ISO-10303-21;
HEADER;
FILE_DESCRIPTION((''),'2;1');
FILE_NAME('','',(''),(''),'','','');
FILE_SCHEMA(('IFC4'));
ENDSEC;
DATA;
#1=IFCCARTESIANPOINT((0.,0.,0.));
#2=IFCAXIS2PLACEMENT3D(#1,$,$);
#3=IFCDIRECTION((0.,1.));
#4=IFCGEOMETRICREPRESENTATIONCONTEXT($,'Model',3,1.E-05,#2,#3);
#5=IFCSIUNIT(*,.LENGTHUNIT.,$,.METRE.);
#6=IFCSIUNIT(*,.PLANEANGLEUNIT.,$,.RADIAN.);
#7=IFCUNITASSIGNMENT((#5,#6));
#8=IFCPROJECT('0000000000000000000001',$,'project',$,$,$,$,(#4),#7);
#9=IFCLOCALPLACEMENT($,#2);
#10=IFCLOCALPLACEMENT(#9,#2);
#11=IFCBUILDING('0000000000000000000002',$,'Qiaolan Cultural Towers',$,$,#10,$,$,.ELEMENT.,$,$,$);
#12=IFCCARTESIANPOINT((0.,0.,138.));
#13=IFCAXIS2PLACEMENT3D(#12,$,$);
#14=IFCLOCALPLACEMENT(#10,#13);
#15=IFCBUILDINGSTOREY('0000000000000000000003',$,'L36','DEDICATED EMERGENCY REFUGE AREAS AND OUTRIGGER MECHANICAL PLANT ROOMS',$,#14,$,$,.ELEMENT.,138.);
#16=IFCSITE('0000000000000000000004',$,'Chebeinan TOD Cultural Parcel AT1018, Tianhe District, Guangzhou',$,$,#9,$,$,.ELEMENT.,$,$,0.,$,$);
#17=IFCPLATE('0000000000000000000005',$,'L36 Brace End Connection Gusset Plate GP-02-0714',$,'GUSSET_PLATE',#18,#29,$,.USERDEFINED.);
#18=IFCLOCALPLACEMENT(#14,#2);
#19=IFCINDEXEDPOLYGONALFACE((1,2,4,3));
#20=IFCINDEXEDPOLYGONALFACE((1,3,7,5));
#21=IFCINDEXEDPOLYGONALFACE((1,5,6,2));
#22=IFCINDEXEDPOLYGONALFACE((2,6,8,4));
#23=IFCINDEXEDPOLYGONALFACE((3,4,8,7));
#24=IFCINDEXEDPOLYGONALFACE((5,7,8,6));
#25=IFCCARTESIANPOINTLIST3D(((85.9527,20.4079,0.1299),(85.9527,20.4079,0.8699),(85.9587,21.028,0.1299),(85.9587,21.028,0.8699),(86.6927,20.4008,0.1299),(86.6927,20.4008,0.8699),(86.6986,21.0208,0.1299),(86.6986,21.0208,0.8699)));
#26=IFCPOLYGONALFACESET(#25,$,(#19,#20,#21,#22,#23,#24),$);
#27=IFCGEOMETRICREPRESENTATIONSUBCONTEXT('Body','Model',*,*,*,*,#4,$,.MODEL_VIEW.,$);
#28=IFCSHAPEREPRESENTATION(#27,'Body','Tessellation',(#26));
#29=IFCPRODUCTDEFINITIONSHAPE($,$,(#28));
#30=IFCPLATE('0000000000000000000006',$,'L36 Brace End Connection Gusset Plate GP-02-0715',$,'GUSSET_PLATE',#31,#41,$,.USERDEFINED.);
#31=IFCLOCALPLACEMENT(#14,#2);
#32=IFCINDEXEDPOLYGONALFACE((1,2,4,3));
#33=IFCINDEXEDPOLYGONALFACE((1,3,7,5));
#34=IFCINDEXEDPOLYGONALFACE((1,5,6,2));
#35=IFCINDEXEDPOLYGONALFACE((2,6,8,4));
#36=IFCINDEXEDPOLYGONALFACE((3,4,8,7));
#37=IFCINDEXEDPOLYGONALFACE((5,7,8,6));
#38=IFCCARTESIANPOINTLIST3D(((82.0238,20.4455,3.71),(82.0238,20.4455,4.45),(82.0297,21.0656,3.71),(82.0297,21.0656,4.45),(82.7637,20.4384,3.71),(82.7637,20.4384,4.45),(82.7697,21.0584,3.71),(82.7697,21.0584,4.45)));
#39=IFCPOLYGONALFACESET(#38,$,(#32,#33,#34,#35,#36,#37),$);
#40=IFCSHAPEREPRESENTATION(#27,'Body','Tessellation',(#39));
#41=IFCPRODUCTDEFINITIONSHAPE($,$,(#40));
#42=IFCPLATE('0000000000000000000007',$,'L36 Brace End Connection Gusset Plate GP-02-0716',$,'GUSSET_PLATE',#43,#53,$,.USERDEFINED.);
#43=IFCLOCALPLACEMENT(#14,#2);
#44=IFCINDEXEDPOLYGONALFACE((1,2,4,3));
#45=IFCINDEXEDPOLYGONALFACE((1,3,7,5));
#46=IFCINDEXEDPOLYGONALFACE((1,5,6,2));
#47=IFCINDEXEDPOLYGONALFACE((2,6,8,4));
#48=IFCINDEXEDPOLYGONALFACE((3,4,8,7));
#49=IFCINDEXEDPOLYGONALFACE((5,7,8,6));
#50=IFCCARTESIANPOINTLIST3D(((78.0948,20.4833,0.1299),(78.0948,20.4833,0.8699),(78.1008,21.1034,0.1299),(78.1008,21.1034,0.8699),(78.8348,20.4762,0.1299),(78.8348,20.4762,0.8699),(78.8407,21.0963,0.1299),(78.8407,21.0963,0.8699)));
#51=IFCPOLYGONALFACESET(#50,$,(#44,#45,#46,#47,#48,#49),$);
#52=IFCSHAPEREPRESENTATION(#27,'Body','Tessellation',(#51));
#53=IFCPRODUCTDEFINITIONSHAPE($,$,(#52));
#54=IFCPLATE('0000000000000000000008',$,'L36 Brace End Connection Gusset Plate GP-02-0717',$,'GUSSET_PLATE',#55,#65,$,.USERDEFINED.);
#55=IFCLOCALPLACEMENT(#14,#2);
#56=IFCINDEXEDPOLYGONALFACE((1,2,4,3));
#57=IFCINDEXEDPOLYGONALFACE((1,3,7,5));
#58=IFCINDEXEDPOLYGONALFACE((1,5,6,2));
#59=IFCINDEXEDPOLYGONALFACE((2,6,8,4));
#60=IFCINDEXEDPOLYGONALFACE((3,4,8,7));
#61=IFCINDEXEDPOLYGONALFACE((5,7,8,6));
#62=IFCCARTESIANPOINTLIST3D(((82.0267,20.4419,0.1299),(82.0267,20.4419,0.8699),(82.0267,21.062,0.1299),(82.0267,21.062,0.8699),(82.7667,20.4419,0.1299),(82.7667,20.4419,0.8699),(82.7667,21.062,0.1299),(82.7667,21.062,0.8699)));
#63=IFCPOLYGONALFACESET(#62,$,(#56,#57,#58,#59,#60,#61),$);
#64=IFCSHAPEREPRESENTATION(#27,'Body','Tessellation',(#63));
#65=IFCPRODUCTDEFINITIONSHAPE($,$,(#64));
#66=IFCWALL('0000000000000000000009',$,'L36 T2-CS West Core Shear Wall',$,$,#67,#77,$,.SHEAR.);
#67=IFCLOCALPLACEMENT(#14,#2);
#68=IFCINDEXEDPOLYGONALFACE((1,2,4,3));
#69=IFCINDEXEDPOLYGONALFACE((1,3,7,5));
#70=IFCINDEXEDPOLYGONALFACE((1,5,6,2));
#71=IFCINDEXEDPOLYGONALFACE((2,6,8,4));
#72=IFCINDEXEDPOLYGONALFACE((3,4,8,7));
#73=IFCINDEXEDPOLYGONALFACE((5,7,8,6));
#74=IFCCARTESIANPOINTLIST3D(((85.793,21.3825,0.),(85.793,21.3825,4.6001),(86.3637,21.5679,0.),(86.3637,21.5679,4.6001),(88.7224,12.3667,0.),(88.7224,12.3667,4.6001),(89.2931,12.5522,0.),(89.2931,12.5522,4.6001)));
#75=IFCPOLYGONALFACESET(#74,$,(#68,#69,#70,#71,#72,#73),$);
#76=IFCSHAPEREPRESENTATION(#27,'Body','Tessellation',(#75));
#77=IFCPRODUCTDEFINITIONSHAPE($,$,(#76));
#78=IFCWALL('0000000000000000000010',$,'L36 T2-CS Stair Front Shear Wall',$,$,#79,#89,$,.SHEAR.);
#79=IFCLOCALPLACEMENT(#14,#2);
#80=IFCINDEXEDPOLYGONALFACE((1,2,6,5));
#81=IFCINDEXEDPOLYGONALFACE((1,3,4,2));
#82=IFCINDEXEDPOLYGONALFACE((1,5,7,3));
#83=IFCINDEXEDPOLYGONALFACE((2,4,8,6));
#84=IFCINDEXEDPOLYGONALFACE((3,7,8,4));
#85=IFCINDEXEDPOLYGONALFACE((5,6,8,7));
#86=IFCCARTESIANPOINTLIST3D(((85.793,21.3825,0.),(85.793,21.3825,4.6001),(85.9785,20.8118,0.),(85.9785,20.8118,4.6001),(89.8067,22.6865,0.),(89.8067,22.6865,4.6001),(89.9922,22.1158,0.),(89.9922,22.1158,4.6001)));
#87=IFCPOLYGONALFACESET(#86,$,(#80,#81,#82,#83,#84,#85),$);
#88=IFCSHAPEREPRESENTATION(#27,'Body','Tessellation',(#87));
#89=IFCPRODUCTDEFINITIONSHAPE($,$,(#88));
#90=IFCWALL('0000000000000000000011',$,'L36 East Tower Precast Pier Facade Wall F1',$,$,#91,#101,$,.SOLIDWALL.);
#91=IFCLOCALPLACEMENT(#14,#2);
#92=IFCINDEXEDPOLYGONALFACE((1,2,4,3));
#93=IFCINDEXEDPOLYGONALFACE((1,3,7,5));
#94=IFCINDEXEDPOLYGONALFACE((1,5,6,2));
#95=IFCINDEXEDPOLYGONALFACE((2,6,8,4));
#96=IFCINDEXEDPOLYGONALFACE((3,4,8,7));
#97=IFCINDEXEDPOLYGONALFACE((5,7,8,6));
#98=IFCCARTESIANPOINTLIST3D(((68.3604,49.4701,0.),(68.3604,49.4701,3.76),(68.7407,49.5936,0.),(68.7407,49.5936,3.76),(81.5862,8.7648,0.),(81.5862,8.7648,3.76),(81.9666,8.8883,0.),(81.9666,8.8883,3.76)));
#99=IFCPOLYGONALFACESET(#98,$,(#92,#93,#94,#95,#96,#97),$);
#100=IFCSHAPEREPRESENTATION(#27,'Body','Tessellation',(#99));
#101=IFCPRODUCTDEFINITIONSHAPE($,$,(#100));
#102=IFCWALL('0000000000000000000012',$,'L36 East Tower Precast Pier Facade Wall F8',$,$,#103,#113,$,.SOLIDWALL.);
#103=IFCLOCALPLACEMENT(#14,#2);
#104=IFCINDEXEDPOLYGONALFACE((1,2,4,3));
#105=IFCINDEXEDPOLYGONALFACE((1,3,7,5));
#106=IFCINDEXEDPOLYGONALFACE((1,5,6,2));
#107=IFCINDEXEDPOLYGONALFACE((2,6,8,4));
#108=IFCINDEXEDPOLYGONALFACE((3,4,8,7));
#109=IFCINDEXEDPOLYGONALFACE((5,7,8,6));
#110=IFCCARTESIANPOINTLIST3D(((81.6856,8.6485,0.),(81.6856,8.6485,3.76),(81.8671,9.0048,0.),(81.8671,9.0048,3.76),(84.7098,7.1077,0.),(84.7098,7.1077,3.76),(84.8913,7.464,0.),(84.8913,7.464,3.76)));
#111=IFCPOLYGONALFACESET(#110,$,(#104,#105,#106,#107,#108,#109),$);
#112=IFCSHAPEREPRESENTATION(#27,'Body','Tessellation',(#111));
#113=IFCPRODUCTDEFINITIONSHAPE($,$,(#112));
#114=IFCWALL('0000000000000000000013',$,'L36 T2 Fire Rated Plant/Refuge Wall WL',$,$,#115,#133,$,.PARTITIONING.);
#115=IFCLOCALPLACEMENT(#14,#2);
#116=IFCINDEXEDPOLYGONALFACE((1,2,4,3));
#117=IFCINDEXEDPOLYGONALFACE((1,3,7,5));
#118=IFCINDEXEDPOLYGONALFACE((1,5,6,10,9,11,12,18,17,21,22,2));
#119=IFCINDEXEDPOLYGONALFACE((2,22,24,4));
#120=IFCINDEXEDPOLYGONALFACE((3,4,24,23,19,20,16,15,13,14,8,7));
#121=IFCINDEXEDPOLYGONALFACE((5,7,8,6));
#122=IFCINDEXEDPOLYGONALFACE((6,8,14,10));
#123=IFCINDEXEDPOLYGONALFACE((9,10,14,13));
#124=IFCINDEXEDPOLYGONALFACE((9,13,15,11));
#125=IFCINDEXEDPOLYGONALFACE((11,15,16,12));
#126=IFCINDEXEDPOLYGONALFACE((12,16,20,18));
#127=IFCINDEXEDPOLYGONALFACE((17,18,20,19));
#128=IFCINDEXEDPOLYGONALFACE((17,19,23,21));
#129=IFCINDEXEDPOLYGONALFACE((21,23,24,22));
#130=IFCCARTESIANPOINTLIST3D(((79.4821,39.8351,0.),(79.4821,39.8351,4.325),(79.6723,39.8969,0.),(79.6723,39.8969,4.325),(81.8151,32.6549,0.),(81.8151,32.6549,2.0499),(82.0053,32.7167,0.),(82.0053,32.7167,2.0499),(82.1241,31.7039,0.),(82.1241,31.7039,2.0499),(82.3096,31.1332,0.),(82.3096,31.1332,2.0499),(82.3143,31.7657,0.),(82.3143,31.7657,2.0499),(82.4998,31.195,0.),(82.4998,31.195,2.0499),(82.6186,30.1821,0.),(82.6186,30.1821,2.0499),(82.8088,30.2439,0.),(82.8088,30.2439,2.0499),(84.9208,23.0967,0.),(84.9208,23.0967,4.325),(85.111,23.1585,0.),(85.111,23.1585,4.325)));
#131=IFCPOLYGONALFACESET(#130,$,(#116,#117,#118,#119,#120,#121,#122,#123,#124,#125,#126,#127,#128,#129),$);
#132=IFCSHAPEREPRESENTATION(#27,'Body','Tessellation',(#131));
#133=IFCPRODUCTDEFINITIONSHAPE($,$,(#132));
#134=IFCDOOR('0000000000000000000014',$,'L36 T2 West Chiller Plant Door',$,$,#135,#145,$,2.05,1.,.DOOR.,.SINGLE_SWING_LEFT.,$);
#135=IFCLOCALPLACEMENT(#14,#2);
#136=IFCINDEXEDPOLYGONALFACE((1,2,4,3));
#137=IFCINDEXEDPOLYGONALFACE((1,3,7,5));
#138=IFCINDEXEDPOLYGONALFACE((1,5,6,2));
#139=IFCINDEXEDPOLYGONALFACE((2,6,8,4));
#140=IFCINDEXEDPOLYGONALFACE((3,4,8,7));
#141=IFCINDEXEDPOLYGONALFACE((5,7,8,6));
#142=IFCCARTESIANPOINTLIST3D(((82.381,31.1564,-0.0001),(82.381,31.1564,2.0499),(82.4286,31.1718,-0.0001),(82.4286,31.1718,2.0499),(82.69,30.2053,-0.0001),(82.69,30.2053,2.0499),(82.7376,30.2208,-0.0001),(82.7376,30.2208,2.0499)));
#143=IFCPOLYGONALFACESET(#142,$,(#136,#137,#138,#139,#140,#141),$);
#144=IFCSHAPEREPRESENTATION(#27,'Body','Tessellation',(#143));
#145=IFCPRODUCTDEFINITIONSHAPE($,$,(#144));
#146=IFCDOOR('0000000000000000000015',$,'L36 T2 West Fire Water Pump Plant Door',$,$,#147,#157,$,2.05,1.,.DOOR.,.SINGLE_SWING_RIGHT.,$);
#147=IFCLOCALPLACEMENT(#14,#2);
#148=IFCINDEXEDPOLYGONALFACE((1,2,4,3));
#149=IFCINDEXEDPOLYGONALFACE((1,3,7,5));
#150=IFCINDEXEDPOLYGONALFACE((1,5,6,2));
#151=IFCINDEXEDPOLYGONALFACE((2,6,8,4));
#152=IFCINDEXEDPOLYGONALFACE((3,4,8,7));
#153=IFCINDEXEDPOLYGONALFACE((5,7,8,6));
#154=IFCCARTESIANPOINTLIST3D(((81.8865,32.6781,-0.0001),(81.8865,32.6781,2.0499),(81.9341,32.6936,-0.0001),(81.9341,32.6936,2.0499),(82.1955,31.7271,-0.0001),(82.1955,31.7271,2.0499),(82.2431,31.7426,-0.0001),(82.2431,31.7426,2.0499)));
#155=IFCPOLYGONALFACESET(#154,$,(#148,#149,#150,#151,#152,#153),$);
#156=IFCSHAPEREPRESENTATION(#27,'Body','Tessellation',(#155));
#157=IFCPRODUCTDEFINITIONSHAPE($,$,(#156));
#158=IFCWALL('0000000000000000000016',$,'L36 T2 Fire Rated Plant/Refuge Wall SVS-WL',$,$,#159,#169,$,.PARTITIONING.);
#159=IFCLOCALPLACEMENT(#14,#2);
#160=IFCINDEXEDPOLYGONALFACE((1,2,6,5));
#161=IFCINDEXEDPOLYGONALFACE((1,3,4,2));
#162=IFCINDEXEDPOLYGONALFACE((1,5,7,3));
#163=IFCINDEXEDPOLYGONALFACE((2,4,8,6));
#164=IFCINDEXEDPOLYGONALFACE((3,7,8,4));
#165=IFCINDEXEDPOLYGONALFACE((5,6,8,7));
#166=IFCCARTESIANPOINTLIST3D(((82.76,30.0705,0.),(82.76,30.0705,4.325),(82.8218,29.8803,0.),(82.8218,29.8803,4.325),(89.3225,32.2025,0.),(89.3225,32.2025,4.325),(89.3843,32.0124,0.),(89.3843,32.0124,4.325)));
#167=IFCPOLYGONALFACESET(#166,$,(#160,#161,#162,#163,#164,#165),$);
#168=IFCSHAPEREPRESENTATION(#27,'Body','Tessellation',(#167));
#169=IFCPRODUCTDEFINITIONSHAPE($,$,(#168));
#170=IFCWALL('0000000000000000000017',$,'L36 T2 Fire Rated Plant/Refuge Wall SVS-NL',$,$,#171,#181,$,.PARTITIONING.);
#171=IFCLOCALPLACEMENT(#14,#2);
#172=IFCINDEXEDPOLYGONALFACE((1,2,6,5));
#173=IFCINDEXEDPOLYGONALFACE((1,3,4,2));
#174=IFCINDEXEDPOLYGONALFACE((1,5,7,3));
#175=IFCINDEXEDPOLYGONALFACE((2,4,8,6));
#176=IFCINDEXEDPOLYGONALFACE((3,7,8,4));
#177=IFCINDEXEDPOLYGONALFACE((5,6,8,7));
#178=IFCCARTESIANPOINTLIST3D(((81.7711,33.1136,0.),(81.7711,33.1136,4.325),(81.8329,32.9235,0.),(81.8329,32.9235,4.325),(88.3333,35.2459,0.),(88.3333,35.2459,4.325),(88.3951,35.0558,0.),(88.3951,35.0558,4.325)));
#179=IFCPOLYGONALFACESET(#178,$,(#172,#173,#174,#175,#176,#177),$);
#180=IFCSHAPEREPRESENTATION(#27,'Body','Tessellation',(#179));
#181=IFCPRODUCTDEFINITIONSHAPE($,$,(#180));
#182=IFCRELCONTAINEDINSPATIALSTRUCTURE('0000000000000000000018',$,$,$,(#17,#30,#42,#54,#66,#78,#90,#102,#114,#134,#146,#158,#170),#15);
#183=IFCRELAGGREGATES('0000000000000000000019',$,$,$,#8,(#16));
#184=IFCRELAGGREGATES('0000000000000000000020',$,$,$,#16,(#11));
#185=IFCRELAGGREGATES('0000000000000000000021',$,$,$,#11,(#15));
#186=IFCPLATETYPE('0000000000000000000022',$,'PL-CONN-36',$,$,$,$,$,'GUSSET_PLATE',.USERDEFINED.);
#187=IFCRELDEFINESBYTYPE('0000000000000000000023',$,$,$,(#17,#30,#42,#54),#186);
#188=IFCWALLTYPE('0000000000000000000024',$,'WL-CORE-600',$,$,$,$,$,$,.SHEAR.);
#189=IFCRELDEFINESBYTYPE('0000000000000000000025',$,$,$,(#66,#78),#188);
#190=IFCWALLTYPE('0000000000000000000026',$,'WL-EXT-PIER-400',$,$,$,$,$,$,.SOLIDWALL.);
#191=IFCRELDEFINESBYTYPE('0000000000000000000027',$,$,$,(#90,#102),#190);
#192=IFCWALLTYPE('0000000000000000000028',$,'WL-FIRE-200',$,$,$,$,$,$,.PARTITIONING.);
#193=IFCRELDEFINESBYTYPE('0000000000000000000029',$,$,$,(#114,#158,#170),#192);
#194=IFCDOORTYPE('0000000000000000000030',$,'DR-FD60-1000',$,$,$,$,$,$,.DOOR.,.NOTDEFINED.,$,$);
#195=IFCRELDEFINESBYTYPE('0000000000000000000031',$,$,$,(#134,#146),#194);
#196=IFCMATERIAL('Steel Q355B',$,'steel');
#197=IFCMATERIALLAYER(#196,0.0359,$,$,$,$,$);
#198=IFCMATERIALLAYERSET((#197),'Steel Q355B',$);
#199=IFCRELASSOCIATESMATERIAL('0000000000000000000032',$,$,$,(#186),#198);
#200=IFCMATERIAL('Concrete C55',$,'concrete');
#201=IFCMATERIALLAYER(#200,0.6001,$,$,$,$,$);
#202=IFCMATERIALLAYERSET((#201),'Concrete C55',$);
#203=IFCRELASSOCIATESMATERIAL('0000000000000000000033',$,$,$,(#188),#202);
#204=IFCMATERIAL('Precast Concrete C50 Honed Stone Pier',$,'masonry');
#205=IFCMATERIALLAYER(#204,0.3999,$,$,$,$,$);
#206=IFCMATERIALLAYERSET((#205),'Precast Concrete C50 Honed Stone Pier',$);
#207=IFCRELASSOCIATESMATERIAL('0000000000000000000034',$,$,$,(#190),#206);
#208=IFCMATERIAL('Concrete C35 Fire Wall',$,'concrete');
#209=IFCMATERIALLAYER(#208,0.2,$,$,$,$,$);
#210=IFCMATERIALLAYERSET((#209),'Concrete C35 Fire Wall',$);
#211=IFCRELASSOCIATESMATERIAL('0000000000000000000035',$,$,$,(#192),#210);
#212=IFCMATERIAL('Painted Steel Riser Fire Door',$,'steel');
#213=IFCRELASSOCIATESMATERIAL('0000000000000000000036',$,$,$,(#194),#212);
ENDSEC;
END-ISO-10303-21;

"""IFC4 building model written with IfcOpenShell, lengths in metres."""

from ifc_helpers import new_model, si_unit, direction, frame, frame_2d, origin, origin_2d, place, context, subcontext, project, spatial, rectangle, extrude, material, layer, layer_set, type_object, element, fill, save


model = new_model("IFC4")

# Units and contexts
model_context = context("Model", 3, precision=1e-05, world=origin(), true_north=direction((0.0, 1.0)))
body_context = subcontext(model_context, "Body", "Model", "MODEL_VIEW")
ifc_project = project(units=[si_unit("LENGTHUNIT", "METRE"), si_unit("PLANEANGLEUNIT", "RADIAN")], contexts=[model_context])

# Site, building, storey
site_placement = place(None, origin())
site = spatial("IfcSite", under=ifc_project, at=site_placement, Name="Chebeinan TOD Cultural Parcel AT1018, Tianhe District, Guangzhou", CompositionType="ELEMENT", RefElevation=0.0)
building_placement = place(site_placement, origin())
building = spatial("IfcBuilding", under=site, at=building_placement, Name="Qiaolan Cultural Towers", CompositionType="ELEMENT")
storey_placement = place(building_placement, frame((0.0, 0.0, 138.0)))
storey = spatial("IfcBuildingStorey", under=building, at=storey_placement, Name="L36", Description="DEDICATED EMERGENCY REFUGE AREAS AND OUTRIGGER MECHANICAL PLANT ROOMS", CompositionType="ELEMENT", Elevation=138.0)

# Plates
ifc_material_1 = material(Name="Steel Q355B", Category="steel")
ifc_layer_1 = layer(ifc_material_1, 0.0359)
ifc_layer_set_1 = layer_set([ifc_layer_1], Name="Steel Q355B")
plate_type = type_object("IfcPlateType", Name="PL-CONN-36", ElementType="GUSSET_PLATE", PredefinedType="USERDEFINED", material=ifc_layer_set_1)
for number, where, z_axis, x_axis, name in (
    (1, (86.3257, 20.7144, 0.1299), (0.0, 0.0, 1.0), (-0.999954, 0.009603, 0.0), "L36 Brace End Connection Gusset Plate GP-02-0714"),
    (2, (82.3967, 20.752, 3.71), (0.0, 0.0, 1.0), (-0.999954, 0.009603, 0.0), "L36 Brace End Connection Gusset Plate GP-02-0715"),
    (3, (78.4678, 20.7898, 0.1299), (0.0, 0.0, 1.0), (-0.999954, 0.009603, 0.0), "L36 Brace End Connection Gusset Plate GP-02-0716"),
    (4, (82.3967, 20.752, 0.1299), (0.0, 0.0, 1.0), (1.0, 0.0, 0.0), "L36 Brace End Connection Gusset Plate GP-02-0717"),
):
    element("IfcPlate", number, at=place(storey_placement, frame(where, z_axis=z_axis, x_axis=x_axis)), inside=storey, type_object=plate_type, Name=name, ObjectType="GUSSET_PLATE", PredefinedType="USERDEFINED", context=body_context, shape_type="SweptSolid", body=[
        extrude(rectangle(XDim=0.74, YDim=0.6201, at=origin_2d()), origin(), (0.0, 0.0, 1.0), 0.74),
    ])

# Walls
ifc_material_2 = material(Name="Concrete C55", Category="concrete")
ifc_layer_2 = layer(ifc_material_2, 0.6001)
ifc_layer_set_2 = layer_set([ifc_layer_2], Name="Concrete C55")
wall_type_1 = type_object("IfcWallType", Name="WL-CORE-600", PredefinedType="SHEAR", material=ifc_layer_set_2)
wall_1_placement = place(storey_placement, frame((86.0784, 21.4751, 0.0), z_axis=(0.0, 0.0, 1.0), x_axis=(0.309018, -0.951056, 0.0)))
element("IfcWall", 5, at=wall_1_placement, inside=storey, type_object=wall_type_1, Name="L36 T2-CS West Core Shear Wall", PredefinedType="SHEAR", context=body_context, shape_type="SweptSolid", body=[
    extrude(rectangle(XDim=9.4797, YDim=0.6001, at=frame_2d((4.7397, 0.0))), origin(), (0.0, 0.0, 1.0), 4.6001),
])
wall_2_placement = place(storey_placement, frame((85.8857, 21.0972, 0.0), z_axis=(0.0, 0.0, 1.0), x_axis=(0.951068, 0.308981, 0.0)))
element("IfcWall", 6, at=wall_2_placement, inside=storey, type_object=wall_type_1, Name="L36 T2-CS Stair Front Shear Wall", PredefinedType="SHEAR", context=body_context, shape_type="SweptSolid", body=[
    extrude(rectangle(XDim=4.2202, YDim=0.6001, at=frame_2d((2.1101, 0.0))), origin(), (0.0, 0.0, 1.0), 4.6001),
])
ifc_material_3 = material(Name="Precast Concrete C50 Honed Stone Pier", Category="masonry")
ifc_layer_3 = layer(ifc_material_3, 0.3999)
ifc_layer_set_3 = layer_set([ifc_layer_3], Name="Precast Concrete C50 Honed Stone Pier")
wall_type_2 = type_object("IfcWallType", Name="WL-EXT-PIER-400", PredefinedType="SOLIDWALL", material=ifc_layer_set_3)
wall_3_placement = place(storey_placement, frame((81.7764, 8.8267, 0.0), z_axis=(0.0, 0.0, 1.0), x_axis=(-0.309014, 0.951057, 0.0)))
element("IfcWall", 7, at=wall_3_placement, inside=storey, type_object=wall_type_2, Name="L36 East Tower Precast Pier Facade Wall F1", PredefinedType="SOLIDWALL", context=body_context, shape_type="SweptSolid", body=[
    extrude(rectangle(XDim=42.8, YDim=0.3999, at=frame_2d((21.3999, 0.0))), origin(), (0.0, 0.0, 1.0), 3.76),
])
wall_4_placement = place(storey_placement, frame((84.8005, 7.2859, 0.0), z_axis=(0.0, 0.0, 1.0), x_axis=(-0.891021, 0.453962, 0.0)))
element("IfcWall", 8, at=wall_4_placement, inside=storey, type_object=wall_type_2, Name="L36 East Tower Precast Pier Facade Wall F8", PredefinedType="SOLIDWALL", context=body_context, shape_type="SweptSolid", body=[
    extrude(rectangle(XDim=3.394, YDim=0.3999, at=frame_2d((1.697, 0.0))), origin(), (0.0, 0.0, 1.0), 3.76),
])

# Wall, openings, doors
ifc_material_4 = material(Name="Concrete C35 Fire Wall", Category="concrete")
ifc_layer_4 = layer(ifc_material_4, 0.2)
ifc_layer_set_4 = layer_set([ifc_layer_4], Name="Concrete C35 Fire Wall")
wall_type_3 = type_object("IfcWallType", Name="WL-FIRE-200", PredefinedType="PARTITIONING", material=ifc_layer_set_4)
wall_5_placement = place(storey_placement, frame((85.0159, 23.1277, 0.0), z_axis=(0.0, 0.0, 1.0), x_axis=(-0.309019, 0.951056, 0.0)))
wall_5 = element("IfcWall", 9, at=wall_5_placement, inside=storey, type_object=wall_type_3, Name="L36 T2 Fire Rated Plant/Refuge Wall WL", PredefinedType="PARTITIONING", context=body_context, shape_type="SweptSolid", body=[
    extrude(rectangle(XDim=17.5999, YDim=0.2, at=frame_2d((8.7998, 0.0))), origin(), (0.0, 0.0, 1.0), 4.325),
])
opening_1_placement = place(wall_5_placement, frame((7.45, 0.0, 0.0)))
opening_1 = element("IfcOpeningElement", 10, at=opening_1_placement, cuts=wall_5, PredefinedType="OPENING", context=body_context, shape_type="SweptSolid", body=[
    extrude(rectangle(XDim=1.0, YDim=2.05, at=frame_2d((0.5, 1.0249))), frame((0.0, 0.1099, 0.0), z_axis=(0.0, -1.0, 0.0), x_axis=(1.0, 0.0, 0.0)), (0.0, 0.0, 1.0), 0.22),
])
opening_2_placement = place(wall_5_placement, frame((9.05, 0.0, 0.0)))
opening_2 = element("IfcOpeningElement", 11, at=opening_2_placement, cuts=wall_5, PredefinedType="OPENING", context=body_context, shape_type="SweptSolid", body=[
    extrude(rectangle(XDim=1.0, YDim=2.05, at=frame_2d((0.5, 1.0249))), frame((0.0, 0.1099, 0.0), z_axis=(0.0, -1.0, 0.0), x_axis=(1.0, 0.0, 0.0)), (0.0, 0.0, 1.0), 0.22),
])
ifc_material_5 = material(Name="Painted Steel Riser Fire Door", Category="steel")
door_type = type_object("IfcDoorType", Name="DR-FD60-1000", OperationType="NOTDEFINED", PredefinedType="DOOR", material=ifc_material_5)
door_1_placement = place(opening_1_placement, origin())
door_1 = element("IfcDoor", 12, at=door_1_placement, inside=storey, type_object=door_type, Name="L36 T2 West Chiller Plant Door", OperationType="SINGLE_SWING_LEFT", OverallHeight=2.05, OverallWidth=1.0, PredefinedType="DOOR", context=body_context, shape_type="SweptSolid", body=[
    extrude(rectangle(XDim=1.0, YDim=2.05, at=frame_2d((0.5, 1.0249))), frame((0.0, 0.0249, 0.0), z_axis=(0.0, -1.0, 0.0), x_axis=(1.0, 0.0, 0.0)), (0.0, 0.0, 1.0), 0.05),
])
fill(opening_1, door_1)
door_2_placement = place(opening_2_placement, origin())
door_2 = element("IfcDoor", 13, at=door_2_placement, inside=storey, type_object=door_type, Name="L36 T2 West Fire Water Pump Plant Door", OperationType="SINGLE_SWING_RIGHT", OverallHeight=2.05, OverallWidth=1.0, PredefinedType="DOOR", context=body_context, shape_type="SweptSolid", body=[
    extrude(rectangle(XDim=1.0, YDim=2.05, at=frame_2d((0.5, 1.0249))), frame((0.0, 0.0249, 0.0), z_axis=(0.0, -1.0, 0.0), x_axis=(1.0, 0.0, 0.0)), (0.0, 0.0, 1.0), 0.05),
])
fill(opening_2, door_2)

# Walls
wall_6_placement = place(storey_placement, frame((82.7908, 29.9753, 0.0), z_axis=(0.0, 0.0, 1.0), x_axis=(0.951065, 0.30899, 0.0)))
element("IfcWall", 14, at=wall_6_placement, inside=storey, type_object=wall_type_3, Name="L36 T2 Fire Rated Plant/Refuge Wall SVS-WL", PredefinedType="PARTITIONING", context=body_context, shape_type="SweptSolid", body=[
    extrude(rectangle(XDim=6.9001, YDim=0.2, at=frame_2d((3.4502, 0.0))), origin(), (0.0, 0.0, 1.0), 4.325),
])
wall_7_placement = place(storey_placement, frame((81.802, 33.0186, 0.0), z_axis=(0.0, 0.0, 1.0), x_axis=(0.951051, 0.309032, 0.0)))
element("IfcWall", 15, at=wall_7_placement, inside=storey, type_object=wall_type_3, Name="L36 T2 Fire Rated Plant/Refuge Wall SVS-NL", PredefinedType="PARTITIONING", context=body_context, shape_type="SweptSolid", body=[
    extrude(rectangle(XDim=6.8999, YDim=0.2, at=frame_2d((3.45, 0.0))), origin(), (0.0, 0.0, 1.0), 4.325),
])

save(model, "model.ifc")
